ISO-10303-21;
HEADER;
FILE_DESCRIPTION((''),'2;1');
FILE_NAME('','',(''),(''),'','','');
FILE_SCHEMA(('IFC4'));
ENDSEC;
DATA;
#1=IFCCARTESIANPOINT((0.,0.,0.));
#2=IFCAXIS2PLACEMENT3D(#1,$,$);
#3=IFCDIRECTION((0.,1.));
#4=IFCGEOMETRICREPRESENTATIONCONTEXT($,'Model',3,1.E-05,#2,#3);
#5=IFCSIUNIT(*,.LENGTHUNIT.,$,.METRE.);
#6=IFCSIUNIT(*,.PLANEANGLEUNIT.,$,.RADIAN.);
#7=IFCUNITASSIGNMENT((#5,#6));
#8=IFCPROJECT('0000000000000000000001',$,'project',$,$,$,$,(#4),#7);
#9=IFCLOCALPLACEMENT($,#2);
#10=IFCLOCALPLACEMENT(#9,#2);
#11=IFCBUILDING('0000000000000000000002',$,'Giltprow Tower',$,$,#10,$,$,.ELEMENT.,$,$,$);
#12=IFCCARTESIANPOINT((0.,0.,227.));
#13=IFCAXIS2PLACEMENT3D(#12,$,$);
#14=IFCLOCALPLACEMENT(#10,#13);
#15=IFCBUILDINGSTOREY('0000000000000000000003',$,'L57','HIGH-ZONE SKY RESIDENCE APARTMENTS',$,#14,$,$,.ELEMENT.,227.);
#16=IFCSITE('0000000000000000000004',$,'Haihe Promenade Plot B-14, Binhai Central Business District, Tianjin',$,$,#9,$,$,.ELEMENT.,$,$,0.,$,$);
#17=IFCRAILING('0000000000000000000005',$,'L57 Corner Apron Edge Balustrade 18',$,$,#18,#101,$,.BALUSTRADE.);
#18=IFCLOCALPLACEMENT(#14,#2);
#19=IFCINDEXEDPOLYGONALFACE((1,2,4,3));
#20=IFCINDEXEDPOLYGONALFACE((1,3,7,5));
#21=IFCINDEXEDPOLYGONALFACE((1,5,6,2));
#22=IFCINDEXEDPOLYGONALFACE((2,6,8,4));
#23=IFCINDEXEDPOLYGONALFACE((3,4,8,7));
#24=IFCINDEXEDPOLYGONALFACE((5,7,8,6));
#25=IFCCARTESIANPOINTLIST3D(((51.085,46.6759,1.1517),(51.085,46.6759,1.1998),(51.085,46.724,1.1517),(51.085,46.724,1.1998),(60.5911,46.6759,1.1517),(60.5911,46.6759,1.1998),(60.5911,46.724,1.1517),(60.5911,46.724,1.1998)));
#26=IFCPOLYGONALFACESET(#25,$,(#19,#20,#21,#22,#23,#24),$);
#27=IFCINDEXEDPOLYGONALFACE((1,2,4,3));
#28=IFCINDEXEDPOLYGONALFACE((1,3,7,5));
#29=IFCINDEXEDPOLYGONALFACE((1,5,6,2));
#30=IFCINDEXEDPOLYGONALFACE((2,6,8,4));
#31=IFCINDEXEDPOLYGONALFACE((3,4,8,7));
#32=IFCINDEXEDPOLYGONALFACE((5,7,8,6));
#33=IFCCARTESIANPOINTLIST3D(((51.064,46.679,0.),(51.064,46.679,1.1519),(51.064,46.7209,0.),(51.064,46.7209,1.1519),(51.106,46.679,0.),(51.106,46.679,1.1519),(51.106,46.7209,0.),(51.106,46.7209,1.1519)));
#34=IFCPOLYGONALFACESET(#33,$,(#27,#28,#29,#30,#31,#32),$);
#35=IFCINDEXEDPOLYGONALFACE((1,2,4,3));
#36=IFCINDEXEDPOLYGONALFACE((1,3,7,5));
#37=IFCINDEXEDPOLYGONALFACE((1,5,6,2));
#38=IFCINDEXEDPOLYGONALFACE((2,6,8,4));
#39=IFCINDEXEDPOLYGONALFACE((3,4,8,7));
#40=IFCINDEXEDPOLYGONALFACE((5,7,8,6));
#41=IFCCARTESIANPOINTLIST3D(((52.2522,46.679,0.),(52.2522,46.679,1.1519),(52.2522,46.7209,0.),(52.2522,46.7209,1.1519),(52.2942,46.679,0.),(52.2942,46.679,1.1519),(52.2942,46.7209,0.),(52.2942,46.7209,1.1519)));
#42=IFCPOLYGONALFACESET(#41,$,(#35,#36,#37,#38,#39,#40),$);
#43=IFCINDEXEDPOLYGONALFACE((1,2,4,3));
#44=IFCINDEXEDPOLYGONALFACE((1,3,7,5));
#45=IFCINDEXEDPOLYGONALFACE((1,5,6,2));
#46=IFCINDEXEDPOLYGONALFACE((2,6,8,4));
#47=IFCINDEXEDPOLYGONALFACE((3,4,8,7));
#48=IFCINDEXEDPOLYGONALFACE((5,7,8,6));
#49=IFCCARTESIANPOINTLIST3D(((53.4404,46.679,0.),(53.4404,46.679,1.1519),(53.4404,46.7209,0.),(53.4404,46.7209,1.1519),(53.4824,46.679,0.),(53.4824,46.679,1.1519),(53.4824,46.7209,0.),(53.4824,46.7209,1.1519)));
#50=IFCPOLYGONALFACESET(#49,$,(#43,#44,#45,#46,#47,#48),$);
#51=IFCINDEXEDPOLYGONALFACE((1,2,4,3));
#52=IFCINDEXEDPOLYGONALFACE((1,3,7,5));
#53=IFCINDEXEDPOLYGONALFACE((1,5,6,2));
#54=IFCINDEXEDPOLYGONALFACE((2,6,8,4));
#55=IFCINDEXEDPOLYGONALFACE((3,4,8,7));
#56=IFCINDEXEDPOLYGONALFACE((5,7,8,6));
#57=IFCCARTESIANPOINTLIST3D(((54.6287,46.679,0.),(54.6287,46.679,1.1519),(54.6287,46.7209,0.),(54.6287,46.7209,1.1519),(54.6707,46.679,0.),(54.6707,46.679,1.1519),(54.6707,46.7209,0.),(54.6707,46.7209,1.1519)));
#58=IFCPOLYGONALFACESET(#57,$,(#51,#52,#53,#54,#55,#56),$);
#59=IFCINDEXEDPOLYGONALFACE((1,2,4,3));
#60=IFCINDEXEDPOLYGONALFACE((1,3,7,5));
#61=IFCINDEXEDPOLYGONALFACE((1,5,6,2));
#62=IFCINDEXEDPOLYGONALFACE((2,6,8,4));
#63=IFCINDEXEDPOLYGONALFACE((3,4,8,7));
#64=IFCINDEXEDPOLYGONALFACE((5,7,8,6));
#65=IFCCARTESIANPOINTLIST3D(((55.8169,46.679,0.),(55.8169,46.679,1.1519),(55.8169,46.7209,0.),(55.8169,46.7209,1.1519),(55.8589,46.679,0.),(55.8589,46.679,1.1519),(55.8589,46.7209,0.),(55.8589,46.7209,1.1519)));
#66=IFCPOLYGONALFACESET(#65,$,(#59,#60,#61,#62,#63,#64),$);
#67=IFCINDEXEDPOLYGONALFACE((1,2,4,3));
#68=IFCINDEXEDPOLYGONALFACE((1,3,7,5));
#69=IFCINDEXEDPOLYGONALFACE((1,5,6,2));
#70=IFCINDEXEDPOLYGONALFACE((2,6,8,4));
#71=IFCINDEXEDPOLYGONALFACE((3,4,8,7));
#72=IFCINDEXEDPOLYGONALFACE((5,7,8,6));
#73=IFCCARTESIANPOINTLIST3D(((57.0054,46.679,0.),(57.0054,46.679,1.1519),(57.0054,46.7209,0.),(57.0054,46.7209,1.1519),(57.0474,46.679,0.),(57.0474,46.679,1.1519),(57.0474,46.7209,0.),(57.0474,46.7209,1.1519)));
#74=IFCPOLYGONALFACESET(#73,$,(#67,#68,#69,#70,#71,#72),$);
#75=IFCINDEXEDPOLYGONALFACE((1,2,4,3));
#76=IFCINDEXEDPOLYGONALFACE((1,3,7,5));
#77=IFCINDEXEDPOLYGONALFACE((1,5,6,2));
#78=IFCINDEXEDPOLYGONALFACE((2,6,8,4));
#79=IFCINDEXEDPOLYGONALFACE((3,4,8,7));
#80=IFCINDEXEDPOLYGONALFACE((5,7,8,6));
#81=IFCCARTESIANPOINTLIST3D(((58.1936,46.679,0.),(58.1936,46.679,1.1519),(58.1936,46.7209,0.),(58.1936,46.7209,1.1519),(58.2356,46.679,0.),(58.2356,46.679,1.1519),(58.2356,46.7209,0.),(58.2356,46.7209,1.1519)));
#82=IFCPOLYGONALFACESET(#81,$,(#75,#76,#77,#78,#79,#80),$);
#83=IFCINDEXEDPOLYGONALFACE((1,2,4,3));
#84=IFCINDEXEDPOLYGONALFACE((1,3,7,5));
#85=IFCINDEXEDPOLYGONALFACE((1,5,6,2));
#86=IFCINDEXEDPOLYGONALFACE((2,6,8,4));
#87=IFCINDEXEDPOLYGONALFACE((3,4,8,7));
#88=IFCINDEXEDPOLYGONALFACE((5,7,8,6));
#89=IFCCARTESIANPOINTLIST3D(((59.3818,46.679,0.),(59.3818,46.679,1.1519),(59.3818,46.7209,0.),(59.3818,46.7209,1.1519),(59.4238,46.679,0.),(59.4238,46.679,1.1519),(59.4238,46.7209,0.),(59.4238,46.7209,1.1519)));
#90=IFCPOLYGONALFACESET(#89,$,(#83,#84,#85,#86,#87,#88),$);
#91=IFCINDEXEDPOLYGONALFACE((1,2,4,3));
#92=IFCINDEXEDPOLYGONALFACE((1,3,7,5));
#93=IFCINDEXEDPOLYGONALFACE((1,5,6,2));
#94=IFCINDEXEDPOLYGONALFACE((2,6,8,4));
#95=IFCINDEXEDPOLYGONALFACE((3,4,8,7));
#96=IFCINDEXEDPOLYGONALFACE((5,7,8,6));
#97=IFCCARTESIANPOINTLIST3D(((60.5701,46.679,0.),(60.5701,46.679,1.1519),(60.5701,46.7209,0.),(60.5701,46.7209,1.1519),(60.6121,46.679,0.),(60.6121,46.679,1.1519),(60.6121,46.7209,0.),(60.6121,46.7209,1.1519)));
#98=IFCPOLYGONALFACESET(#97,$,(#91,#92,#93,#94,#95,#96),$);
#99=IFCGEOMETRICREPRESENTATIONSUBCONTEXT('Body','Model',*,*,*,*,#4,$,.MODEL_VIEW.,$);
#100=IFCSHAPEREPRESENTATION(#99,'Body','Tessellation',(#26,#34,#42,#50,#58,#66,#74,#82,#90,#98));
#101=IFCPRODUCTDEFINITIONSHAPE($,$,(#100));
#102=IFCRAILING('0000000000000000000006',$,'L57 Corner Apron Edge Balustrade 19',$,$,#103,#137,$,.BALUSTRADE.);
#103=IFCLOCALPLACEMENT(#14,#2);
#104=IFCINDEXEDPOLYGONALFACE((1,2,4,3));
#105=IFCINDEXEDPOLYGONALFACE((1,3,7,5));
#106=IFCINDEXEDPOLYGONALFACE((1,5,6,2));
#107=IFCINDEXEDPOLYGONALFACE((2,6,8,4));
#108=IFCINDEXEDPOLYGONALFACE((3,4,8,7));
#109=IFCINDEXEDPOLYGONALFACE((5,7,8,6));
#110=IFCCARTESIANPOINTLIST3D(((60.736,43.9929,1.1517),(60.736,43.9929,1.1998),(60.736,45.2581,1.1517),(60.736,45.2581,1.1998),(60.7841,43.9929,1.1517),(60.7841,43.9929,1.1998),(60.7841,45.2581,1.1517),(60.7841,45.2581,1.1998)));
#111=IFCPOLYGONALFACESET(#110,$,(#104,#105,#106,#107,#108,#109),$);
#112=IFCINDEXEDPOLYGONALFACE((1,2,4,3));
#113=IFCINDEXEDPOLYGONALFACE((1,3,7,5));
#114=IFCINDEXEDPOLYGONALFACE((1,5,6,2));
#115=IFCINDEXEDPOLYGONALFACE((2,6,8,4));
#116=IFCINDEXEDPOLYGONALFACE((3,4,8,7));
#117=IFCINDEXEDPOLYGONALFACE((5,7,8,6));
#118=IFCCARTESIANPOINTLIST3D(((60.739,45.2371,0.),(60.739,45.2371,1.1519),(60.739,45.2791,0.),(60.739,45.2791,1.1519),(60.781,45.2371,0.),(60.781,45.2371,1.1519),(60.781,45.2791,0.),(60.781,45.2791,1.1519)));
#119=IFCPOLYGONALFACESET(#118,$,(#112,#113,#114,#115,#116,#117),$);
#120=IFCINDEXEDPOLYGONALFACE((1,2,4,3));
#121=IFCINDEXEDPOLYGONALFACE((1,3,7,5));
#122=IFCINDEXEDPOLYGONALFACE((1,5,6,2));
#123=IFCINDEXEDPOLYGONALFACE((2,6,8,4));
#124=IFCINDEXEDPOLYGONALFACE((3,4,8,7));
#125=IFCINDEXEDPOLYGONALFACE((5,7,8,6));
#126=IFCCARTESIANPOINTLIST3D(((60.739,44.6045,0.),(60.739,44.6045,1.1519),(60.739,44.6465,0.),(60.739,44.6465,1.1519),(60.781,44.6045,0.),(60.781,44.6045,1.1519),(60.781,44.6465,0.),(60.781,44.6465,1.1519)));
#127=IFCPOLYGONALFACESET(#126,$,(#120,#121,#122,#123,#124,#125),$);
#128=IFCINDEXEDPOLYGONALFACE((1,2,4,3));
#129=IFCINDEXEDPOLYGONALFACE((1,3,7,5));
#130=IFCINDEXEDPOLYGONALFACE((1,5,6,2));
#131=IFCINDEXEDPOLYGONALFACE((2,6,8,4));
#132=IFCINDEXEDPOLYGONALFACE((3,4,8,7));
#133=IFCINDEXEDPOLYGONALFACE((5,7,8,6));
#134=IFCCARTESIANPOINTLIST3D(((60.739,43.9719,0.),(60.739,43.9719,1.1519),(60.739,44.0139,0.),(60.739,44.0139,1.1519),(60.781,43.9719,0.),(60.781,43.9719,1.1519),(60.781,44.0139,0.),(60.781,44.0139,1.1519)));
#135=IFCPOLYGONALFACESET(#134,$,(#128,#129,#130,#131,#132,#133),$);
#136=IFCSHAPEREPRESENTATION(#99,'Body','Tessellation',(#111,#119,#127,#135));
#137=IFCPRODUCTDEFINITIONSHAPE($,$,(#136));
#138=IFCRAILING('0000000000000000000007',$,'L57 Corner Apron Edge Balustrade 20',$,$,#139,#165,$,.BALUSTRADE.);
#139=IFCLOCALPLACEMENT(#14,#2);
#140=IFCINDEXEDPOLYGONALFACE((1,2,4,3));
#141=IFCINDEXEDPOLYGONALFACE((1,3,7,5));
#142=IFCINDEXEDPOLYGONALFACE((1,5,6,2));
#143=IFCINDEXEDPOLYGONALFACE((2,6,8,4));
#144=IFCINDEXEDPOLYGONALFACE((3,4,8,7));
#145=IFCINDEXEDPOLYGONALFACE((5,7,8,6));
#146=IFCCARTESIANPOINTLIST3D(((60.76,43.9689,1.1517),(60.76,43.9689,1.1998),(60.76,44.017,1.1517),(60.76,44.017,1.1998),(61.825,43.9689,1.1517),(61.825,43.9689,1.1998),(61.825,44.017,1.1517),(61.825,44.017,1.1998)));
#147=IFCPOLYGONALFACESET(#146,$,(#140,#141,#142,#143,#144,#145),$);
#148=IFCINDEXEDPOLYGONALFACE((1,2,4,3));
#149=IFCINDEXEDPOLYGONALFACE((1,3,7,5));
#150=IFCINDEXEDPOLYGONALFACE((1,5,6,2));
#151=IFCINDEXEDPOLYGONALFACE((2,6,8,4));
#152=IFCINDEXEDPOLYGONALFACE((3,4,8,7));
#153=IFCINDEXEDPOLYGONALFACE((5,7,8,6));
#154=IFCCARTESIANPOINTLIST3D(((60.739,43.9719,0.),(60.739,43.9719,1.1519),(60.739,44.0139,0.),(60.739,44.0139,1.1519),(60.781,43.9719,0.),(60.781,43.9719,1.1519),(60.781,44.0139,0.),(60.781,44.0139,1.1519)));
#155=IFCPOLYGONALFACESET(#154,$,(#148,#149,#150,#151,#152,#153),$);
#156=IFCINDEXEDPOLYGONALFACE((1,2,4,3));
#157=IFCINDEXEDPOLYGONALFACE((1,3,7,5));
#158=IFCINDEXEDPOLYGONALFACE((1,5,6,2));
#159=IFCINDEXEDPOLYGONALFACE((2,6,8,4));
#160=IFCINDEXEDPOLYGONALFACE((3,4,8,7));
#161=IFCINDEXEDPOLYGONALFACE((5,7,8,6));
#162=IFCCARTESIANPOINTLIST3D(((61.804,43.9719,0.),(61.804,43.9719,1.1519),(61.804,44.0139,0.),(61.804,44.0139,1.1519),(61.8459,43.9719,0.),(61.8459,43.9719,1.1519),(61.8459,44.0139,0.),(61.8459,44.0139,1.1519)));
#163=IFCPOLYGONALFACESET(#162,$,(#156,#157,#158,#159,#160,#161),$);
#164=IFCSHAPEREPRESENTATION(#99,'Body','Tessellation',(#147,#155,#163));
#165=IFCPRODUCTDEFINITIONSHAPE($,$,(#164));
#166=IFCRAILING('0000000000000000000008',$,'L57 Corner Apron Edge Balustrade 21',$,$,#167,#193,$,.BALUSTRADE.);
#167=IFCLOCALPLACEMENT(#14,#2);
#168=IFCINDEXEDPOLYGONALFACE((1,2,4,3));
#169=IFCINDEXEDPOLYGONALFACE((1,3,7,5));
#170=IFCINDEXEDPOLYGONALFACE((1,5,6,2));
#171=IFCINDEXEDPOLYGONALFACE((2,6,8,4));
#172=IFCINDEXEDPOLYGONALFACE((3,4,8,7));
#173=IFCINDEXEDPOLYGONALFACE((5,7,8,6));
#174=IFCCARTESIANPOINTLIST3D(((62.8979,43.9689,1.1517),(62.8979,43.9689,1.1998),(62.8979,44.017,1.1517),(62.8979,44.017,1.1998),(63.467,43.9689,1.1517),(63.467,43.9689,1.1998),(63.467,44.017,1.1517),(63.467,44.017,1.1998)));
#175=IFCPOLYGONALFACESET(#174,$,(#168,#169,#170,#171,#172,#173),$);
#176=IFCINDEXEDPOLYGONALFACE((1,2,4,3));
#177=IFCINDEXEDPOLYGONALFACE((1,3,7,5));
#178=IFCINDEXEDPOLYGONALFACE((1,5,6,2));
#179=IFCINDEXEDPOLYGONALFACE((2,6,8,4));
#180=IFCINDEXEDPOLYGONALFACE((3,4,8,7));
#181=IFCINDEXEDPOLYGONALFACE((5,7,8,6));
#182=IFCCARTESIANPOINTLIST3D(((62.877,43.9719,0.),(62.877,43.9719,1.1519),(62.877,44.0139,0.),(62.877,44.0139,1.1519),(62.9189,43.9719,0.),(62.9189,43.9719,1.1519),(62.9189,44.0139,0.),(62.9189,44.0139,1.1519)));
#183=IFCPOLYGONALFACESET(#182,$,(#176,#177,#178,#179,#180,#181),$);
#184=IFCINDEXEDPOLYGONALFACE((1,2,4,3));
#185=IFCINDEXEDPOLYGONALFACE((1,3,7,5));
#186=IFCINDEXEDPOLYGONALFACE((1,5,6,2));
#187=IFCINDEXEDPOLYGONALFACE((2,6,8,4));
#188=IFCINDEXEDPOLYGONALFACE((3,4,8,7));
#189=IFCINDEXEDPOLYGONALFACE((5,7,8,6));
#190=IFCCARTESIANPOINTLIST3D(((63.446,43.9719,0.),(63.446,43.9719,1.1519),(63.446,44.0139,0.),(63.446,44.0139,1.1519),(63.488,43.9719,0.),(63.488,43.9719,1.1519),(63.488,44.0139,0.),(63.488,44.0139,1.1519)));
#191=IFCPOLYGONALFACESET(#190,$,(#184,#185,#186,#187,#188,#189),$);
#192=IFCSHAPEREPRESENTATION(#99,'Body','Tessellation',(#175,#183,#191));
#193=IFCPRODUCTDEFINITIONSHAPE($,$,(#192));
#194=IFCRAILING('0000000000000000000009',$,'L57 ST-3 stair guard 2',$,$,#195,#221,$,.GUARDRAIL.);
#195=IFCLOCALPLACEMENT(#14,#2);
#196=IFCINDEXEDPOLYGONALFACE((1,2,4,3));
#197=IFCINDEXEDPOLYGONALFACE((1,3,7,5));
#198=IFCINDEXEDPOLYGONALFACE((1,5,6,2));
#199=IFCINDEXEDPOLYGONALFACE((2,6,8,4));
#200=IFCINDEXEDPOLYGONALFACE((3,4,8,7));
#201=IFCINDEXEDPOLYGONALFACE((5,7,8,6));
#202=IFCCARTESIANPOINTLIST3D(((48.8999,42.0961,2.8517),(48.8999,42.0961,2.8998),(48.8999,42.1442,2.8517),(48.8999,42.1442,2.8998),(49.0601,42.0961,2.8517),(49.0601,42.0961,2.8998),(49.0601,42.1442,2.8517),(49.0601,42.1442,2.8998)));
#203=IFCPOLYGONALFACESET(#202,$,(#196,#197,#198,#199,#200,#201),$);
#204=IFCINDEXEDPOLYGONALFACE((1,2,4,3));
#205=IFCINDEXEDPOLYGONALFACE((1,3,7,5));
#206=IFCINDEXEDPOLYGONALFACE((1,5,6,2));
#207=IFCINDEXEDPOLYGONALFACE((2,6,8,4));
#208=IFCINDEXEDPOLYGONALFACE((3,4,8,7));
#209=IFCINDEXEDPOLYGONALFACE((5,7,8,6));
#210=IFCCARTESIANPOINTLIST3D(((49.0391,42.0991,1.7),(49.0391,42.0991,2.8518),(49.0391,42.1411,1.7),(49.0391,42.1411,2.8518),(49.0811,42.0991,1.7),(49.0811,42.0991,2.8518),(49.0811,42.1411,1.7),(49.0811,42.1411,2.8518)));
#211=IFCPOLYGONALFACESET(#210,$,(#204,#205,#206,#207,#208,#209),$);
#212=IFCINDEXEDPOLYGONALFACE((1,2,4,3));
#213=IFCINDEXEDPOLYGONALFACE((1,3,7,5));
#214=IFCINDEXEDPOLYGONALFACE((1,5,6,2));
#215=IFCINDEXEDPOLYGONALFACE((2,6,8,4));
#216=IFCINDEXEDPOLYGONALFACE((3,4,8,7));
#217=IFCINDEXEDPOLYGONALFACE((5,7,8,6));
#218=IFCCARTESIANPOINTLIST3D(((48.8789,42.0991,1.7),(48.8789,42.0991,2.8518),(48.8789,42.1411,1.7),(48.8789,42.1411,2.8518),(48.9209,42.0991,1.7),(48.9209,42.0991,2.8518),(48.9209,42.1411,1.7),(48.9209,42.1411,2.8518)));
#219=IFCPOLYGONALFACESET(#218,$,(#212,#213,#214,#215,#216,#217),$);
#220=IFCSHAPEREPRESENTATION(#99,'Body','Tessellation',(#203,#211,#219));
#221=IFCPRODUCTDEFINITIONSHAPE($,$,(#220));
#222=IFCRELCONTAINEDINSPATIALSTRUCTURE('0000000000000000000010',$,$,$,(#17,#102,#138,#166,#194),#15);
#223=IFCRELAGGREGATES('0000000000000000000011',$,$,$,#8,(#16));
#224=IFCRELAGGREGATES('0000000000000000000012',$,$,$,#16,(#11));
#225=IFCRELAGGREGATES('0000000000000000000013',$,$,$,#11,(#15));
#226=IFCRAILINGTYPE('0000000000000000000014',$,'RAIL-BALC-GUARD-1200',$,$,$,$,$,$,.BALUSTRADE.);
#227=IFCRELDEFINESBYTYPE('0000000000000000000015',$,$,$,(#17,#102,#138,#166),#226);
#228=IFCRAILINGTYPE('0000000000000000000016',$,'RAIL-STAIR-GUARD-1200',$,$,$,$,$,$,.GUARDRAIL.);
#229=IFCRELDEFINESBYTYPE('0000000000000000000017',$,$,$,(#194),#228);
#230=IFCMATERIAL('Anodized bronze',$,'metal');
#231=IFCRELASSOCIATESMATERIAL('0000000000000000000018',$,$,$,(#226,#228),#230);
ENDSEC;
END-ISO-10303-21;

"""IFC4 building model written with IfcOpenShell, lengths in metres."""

from ifc_helpers import new_model, si_unit, direction, frame, origin, origin_2d, place, context, subcontext, project, spatial, rectangle, extrude, material, type_object, element, save


model = new_model("IFC4")

# Units and contexts
model_context = context("Model", 3, precision=1e-05, world=origin(), true_north=direction((0.0, 1.0)))
body_context = subcontext(model_context, "Body", "Model", "MODEL_VIEW")
ifc_project = project(units=[si_unit("LENGTHUNIT", "METRE"), si_unit("PLANEANGLEUNIT", "RADIAN")], contexts=[model_context])

# Site, building, storey
site_placement = place(None, origin())
site = spatial("IfcSite", under=ifc_project, at=site_placement, Name="Haihe Promenade Plot B-14, Binhai Central Business District, Tianjin", CompositionType="ELEMENT", RefElevation=0.0)
building_placement = place(site_placement, origin())
building = spatial("IfcBuilding", under=site, at=building_placement, Name="Giltprow Tower", CompositionType="ELEMENT")
storey_placement = place(building_placement, frame((0.0, 0.0, 227.0)))
storey = spatial("IfcBuildingStorey", under=building, at=storey_placement, Name="L57", Description="HIGH-ZONE SKY RESIDENCE APARTMENTS", CompositionType="ELEMENT", Elevation=227.0)

# Railings
ifc_material_1 = material(Name="Anodized bronze", Category="metal")
railing_type_1 = type_object("IfcRailingType", Name="RAIL-BALC-GUARD-1200", PredefinedType="BALUSTRADE", material=ifc_material_1)
railing_1_placement = place(storey_placement, frame((51.085, 46.7, 0.0)))
element("IfcRailing", 1, at=railing_1_placement, inside=storey, type_object=railing_type_1, Name="L57 Corner Apron Edge Balustrade 18", PredefinedType="BALUSTRADE", context=body_context, shape_type="SweptSolid", body=[
    extrude(rectangle(XDim=0.0481, YDim=0.0481, at=origin_2d()), frame((0.0, 0.0, 1.1758), z_axis=(1.0, 0.0, 0.0), x_axis=(0.0, 1.0, 0.0)), (0.0, 0.0, 1.0), 9.5061),
    extrude(rectangle(XDim=0.042, YDim=0.042, at=origin_2d()), origin(), (0.0, 0.0, 1.0), 1.1519),
    extrude(rectangle(XDim=0.042, YDim=0.042, at=origin_2d()), frame((1.1882, 0.0, 0.0)), (0.0, 0.0, 1.0), 1.1519),
    extrude(rectangle(XDim=0.042, YDim=0.042, at=origin_2d()), frame((2.3765, 0.0, 0.0)), (0.0, 0.0, 1.0), 1.1519),
    extrude(rectangle(XDim=0.042, YDim=0.042, at=origin_2d()), frame((3.5647, 0.0, 0.0)), (0.0, 0.0, 1.0), 1.1519),
    extrude(rectangle(XDim=0.042, YDim=0.042, at=origin_2d()), frame((4.7529, 0.0, 0.0)), (0.0, 0.0, 1.0), 1.1519),
    extrude(rectangle(XDim=0.042, YDim=0.042, at=origin_2d()), frame((5.9414, 0.0, 0.0)), (0.0, 0.0, 1.0), 1.1519),
    extrude(rectangle(XDim=0.042, YDim=0.042, at=origin_2d()), frame((7.1296, 0.0, 0.0)), (0.0, 0.0, 1.0), 1.1519),
    extrude(rectangle(XDim=0.042, YDim=0.042, at=origin_2d()), frame((8.3179, 0.0, 0.0)), (0.0, 0.0, 1.0), 1.1519),
    extrude(rectangle(XDim=0.042, YDim=0.042, at=origin_2d()), frame((9.5061, 0.0, 0.0)), (0.0, 0.0, 1.0), 1.1519),
])
railing_2_placement = place(storey_placement, frame((60.76, 45.2581, 0.0)))
element("IfcRailing", 2, at=railing_2_placement, inside=storey, type_object=railing_type_1, Name="L57 Corner Apron Edge Balustrade 19", PredefinedType="BALUSTRADE", context=body_context, shape_type="SweptSolid", body=[
    extrude(rectangle(XDim=0.0481, YDim=0.0481, at=origin_2d()), frame((0.0, 0.0, 1.1758), z_axis=(0.0, -1.0, 0.0), x_axis=(1.0, 0.0, 0.0)), (0.0, 0.0, 1.0), 1.2651),
    extrude(rectangle(XDim=0.042, YDim=0.042, at=origin_2d()), origin(), (0.0, 0.0, 1.0), 1.1519),
    extrude(rectangle(XDim=0.042, YDim=0.042, at=origin_2d()), frame((0.0, -0.6326, 0.0)), (0.0, 0.0, 1.0), 1.1519),
    extrude(rectangle(XDim=0.042, YDim=0.042, at=origin_2d()), frame((0.0, -1.2651, 0.0)), (0.0, 0.0, 1.0), 1.1519),
])
railing_3_placement = place(storey_placement, frame((60.76, 43.9929, 0.0)))
element("IfcRailing", 3, at=railing_3_placement, inside=storey, type_object=railing_type_1, Name="L57 Corner Apron Edge Balustrade 20", PredefinedType="BALUSTRADE", context=body_context, shape_type="SweptSolid", body=[
    extrude(rectangle(XDim=0.0481, YDim=0.0481, at=origin_2d()), frame((0.0, 0.0, 1.1758), z_axis=(1.0, 0.0, 0.0), x_axis=(0.0, 1.0, 0.0)), (0.0, 0.0, 1.0), 1.0649),
    extrude(rectangle(XDim=0.042, YDim=0.042, at=origin_2d()), origin(), (0.0, 0.0, 1.0), 1.1519),
    extrude(rectangle(XDim=0.042, YDim=0.042, at=origin_2d()), frame((1.0649, 0.0, 0.0)), (0.0, 0.0, 1.0), 1.1519),
])
railing_4_placement = place(storey_placement, frame((62.8979, 43.9929, 0.0)))
element("IfcRailing", 4, at=railing_4_placement, inside=storey, type_object=railing_type_1, Name="L57 Corner Apron Edge Balustrade 21", PredefinedType="BALUSTRADE", context=body_context, shape_type="SweptSolid", body=[
    extrude(rectangle(XDim=0.0481, YDim=0.0481, at=origin_2d()), frame((0.0, 0.0, 1.1758), z_axis=(1.0, 0.0, 0.0), x_axis=(0.0, 1.0, 0.0)), (0.0, 0.0, 1.0), 0.5691),
    extrude(rectangle(XDim=0.042, YDim=0.042, at=origin_2d()), origin(), (0.0, 0.0, 1.0), 1.1519),
    extrude(rectangle(XDim=0.042, YDim=0.042, at=origin_2d()), frame((0.5691, 0.0, 0.0)), (0.0, 0.0, 1.0), 1.1519),
])
railing_type_2 = type_object("IfcRailingType", Name="RAIL-STAIR-GUARD-1200", PredefinedType="GUARDRAIL", material=ifc_material_1)
railing_5_placement = place(storey_placement, frame((49.0601, 42.1201, 1.7)))
element("IfcRailing", 5, at=railing_5_placement, inside=storey, type_object=railing_type_2, Name="L57 ST-3 stair guard 2", PredefinedType="GUARDRAIL", context=body_context, shape_type="SweptSolid", body=[
    extrude(rectangle(XDim=0.0481, YDim=0.0481, at=origin_2d()), frame((0.0, 0.0, 1.1758), z_axis=(-1.0, 0.0, 0.0), x_axis=(0.0, -1.0, 0.0)), (0.0, 0.0, 1.0), 0.1602),
    extrude(rectangle(XDim=0.042, YDim=0.042, at=origin_2d()), origin(), (0.0, 0.0, 1.0), 1.1519),
    extrude(rectangle(XDim=0.042, YDim=0.042, at=origin_2d()), frame((-0.1602, 0.0, 0.0)), (0.0, 0.0, 1.0), 1.1519),
])

save(model, "model.ifc")
